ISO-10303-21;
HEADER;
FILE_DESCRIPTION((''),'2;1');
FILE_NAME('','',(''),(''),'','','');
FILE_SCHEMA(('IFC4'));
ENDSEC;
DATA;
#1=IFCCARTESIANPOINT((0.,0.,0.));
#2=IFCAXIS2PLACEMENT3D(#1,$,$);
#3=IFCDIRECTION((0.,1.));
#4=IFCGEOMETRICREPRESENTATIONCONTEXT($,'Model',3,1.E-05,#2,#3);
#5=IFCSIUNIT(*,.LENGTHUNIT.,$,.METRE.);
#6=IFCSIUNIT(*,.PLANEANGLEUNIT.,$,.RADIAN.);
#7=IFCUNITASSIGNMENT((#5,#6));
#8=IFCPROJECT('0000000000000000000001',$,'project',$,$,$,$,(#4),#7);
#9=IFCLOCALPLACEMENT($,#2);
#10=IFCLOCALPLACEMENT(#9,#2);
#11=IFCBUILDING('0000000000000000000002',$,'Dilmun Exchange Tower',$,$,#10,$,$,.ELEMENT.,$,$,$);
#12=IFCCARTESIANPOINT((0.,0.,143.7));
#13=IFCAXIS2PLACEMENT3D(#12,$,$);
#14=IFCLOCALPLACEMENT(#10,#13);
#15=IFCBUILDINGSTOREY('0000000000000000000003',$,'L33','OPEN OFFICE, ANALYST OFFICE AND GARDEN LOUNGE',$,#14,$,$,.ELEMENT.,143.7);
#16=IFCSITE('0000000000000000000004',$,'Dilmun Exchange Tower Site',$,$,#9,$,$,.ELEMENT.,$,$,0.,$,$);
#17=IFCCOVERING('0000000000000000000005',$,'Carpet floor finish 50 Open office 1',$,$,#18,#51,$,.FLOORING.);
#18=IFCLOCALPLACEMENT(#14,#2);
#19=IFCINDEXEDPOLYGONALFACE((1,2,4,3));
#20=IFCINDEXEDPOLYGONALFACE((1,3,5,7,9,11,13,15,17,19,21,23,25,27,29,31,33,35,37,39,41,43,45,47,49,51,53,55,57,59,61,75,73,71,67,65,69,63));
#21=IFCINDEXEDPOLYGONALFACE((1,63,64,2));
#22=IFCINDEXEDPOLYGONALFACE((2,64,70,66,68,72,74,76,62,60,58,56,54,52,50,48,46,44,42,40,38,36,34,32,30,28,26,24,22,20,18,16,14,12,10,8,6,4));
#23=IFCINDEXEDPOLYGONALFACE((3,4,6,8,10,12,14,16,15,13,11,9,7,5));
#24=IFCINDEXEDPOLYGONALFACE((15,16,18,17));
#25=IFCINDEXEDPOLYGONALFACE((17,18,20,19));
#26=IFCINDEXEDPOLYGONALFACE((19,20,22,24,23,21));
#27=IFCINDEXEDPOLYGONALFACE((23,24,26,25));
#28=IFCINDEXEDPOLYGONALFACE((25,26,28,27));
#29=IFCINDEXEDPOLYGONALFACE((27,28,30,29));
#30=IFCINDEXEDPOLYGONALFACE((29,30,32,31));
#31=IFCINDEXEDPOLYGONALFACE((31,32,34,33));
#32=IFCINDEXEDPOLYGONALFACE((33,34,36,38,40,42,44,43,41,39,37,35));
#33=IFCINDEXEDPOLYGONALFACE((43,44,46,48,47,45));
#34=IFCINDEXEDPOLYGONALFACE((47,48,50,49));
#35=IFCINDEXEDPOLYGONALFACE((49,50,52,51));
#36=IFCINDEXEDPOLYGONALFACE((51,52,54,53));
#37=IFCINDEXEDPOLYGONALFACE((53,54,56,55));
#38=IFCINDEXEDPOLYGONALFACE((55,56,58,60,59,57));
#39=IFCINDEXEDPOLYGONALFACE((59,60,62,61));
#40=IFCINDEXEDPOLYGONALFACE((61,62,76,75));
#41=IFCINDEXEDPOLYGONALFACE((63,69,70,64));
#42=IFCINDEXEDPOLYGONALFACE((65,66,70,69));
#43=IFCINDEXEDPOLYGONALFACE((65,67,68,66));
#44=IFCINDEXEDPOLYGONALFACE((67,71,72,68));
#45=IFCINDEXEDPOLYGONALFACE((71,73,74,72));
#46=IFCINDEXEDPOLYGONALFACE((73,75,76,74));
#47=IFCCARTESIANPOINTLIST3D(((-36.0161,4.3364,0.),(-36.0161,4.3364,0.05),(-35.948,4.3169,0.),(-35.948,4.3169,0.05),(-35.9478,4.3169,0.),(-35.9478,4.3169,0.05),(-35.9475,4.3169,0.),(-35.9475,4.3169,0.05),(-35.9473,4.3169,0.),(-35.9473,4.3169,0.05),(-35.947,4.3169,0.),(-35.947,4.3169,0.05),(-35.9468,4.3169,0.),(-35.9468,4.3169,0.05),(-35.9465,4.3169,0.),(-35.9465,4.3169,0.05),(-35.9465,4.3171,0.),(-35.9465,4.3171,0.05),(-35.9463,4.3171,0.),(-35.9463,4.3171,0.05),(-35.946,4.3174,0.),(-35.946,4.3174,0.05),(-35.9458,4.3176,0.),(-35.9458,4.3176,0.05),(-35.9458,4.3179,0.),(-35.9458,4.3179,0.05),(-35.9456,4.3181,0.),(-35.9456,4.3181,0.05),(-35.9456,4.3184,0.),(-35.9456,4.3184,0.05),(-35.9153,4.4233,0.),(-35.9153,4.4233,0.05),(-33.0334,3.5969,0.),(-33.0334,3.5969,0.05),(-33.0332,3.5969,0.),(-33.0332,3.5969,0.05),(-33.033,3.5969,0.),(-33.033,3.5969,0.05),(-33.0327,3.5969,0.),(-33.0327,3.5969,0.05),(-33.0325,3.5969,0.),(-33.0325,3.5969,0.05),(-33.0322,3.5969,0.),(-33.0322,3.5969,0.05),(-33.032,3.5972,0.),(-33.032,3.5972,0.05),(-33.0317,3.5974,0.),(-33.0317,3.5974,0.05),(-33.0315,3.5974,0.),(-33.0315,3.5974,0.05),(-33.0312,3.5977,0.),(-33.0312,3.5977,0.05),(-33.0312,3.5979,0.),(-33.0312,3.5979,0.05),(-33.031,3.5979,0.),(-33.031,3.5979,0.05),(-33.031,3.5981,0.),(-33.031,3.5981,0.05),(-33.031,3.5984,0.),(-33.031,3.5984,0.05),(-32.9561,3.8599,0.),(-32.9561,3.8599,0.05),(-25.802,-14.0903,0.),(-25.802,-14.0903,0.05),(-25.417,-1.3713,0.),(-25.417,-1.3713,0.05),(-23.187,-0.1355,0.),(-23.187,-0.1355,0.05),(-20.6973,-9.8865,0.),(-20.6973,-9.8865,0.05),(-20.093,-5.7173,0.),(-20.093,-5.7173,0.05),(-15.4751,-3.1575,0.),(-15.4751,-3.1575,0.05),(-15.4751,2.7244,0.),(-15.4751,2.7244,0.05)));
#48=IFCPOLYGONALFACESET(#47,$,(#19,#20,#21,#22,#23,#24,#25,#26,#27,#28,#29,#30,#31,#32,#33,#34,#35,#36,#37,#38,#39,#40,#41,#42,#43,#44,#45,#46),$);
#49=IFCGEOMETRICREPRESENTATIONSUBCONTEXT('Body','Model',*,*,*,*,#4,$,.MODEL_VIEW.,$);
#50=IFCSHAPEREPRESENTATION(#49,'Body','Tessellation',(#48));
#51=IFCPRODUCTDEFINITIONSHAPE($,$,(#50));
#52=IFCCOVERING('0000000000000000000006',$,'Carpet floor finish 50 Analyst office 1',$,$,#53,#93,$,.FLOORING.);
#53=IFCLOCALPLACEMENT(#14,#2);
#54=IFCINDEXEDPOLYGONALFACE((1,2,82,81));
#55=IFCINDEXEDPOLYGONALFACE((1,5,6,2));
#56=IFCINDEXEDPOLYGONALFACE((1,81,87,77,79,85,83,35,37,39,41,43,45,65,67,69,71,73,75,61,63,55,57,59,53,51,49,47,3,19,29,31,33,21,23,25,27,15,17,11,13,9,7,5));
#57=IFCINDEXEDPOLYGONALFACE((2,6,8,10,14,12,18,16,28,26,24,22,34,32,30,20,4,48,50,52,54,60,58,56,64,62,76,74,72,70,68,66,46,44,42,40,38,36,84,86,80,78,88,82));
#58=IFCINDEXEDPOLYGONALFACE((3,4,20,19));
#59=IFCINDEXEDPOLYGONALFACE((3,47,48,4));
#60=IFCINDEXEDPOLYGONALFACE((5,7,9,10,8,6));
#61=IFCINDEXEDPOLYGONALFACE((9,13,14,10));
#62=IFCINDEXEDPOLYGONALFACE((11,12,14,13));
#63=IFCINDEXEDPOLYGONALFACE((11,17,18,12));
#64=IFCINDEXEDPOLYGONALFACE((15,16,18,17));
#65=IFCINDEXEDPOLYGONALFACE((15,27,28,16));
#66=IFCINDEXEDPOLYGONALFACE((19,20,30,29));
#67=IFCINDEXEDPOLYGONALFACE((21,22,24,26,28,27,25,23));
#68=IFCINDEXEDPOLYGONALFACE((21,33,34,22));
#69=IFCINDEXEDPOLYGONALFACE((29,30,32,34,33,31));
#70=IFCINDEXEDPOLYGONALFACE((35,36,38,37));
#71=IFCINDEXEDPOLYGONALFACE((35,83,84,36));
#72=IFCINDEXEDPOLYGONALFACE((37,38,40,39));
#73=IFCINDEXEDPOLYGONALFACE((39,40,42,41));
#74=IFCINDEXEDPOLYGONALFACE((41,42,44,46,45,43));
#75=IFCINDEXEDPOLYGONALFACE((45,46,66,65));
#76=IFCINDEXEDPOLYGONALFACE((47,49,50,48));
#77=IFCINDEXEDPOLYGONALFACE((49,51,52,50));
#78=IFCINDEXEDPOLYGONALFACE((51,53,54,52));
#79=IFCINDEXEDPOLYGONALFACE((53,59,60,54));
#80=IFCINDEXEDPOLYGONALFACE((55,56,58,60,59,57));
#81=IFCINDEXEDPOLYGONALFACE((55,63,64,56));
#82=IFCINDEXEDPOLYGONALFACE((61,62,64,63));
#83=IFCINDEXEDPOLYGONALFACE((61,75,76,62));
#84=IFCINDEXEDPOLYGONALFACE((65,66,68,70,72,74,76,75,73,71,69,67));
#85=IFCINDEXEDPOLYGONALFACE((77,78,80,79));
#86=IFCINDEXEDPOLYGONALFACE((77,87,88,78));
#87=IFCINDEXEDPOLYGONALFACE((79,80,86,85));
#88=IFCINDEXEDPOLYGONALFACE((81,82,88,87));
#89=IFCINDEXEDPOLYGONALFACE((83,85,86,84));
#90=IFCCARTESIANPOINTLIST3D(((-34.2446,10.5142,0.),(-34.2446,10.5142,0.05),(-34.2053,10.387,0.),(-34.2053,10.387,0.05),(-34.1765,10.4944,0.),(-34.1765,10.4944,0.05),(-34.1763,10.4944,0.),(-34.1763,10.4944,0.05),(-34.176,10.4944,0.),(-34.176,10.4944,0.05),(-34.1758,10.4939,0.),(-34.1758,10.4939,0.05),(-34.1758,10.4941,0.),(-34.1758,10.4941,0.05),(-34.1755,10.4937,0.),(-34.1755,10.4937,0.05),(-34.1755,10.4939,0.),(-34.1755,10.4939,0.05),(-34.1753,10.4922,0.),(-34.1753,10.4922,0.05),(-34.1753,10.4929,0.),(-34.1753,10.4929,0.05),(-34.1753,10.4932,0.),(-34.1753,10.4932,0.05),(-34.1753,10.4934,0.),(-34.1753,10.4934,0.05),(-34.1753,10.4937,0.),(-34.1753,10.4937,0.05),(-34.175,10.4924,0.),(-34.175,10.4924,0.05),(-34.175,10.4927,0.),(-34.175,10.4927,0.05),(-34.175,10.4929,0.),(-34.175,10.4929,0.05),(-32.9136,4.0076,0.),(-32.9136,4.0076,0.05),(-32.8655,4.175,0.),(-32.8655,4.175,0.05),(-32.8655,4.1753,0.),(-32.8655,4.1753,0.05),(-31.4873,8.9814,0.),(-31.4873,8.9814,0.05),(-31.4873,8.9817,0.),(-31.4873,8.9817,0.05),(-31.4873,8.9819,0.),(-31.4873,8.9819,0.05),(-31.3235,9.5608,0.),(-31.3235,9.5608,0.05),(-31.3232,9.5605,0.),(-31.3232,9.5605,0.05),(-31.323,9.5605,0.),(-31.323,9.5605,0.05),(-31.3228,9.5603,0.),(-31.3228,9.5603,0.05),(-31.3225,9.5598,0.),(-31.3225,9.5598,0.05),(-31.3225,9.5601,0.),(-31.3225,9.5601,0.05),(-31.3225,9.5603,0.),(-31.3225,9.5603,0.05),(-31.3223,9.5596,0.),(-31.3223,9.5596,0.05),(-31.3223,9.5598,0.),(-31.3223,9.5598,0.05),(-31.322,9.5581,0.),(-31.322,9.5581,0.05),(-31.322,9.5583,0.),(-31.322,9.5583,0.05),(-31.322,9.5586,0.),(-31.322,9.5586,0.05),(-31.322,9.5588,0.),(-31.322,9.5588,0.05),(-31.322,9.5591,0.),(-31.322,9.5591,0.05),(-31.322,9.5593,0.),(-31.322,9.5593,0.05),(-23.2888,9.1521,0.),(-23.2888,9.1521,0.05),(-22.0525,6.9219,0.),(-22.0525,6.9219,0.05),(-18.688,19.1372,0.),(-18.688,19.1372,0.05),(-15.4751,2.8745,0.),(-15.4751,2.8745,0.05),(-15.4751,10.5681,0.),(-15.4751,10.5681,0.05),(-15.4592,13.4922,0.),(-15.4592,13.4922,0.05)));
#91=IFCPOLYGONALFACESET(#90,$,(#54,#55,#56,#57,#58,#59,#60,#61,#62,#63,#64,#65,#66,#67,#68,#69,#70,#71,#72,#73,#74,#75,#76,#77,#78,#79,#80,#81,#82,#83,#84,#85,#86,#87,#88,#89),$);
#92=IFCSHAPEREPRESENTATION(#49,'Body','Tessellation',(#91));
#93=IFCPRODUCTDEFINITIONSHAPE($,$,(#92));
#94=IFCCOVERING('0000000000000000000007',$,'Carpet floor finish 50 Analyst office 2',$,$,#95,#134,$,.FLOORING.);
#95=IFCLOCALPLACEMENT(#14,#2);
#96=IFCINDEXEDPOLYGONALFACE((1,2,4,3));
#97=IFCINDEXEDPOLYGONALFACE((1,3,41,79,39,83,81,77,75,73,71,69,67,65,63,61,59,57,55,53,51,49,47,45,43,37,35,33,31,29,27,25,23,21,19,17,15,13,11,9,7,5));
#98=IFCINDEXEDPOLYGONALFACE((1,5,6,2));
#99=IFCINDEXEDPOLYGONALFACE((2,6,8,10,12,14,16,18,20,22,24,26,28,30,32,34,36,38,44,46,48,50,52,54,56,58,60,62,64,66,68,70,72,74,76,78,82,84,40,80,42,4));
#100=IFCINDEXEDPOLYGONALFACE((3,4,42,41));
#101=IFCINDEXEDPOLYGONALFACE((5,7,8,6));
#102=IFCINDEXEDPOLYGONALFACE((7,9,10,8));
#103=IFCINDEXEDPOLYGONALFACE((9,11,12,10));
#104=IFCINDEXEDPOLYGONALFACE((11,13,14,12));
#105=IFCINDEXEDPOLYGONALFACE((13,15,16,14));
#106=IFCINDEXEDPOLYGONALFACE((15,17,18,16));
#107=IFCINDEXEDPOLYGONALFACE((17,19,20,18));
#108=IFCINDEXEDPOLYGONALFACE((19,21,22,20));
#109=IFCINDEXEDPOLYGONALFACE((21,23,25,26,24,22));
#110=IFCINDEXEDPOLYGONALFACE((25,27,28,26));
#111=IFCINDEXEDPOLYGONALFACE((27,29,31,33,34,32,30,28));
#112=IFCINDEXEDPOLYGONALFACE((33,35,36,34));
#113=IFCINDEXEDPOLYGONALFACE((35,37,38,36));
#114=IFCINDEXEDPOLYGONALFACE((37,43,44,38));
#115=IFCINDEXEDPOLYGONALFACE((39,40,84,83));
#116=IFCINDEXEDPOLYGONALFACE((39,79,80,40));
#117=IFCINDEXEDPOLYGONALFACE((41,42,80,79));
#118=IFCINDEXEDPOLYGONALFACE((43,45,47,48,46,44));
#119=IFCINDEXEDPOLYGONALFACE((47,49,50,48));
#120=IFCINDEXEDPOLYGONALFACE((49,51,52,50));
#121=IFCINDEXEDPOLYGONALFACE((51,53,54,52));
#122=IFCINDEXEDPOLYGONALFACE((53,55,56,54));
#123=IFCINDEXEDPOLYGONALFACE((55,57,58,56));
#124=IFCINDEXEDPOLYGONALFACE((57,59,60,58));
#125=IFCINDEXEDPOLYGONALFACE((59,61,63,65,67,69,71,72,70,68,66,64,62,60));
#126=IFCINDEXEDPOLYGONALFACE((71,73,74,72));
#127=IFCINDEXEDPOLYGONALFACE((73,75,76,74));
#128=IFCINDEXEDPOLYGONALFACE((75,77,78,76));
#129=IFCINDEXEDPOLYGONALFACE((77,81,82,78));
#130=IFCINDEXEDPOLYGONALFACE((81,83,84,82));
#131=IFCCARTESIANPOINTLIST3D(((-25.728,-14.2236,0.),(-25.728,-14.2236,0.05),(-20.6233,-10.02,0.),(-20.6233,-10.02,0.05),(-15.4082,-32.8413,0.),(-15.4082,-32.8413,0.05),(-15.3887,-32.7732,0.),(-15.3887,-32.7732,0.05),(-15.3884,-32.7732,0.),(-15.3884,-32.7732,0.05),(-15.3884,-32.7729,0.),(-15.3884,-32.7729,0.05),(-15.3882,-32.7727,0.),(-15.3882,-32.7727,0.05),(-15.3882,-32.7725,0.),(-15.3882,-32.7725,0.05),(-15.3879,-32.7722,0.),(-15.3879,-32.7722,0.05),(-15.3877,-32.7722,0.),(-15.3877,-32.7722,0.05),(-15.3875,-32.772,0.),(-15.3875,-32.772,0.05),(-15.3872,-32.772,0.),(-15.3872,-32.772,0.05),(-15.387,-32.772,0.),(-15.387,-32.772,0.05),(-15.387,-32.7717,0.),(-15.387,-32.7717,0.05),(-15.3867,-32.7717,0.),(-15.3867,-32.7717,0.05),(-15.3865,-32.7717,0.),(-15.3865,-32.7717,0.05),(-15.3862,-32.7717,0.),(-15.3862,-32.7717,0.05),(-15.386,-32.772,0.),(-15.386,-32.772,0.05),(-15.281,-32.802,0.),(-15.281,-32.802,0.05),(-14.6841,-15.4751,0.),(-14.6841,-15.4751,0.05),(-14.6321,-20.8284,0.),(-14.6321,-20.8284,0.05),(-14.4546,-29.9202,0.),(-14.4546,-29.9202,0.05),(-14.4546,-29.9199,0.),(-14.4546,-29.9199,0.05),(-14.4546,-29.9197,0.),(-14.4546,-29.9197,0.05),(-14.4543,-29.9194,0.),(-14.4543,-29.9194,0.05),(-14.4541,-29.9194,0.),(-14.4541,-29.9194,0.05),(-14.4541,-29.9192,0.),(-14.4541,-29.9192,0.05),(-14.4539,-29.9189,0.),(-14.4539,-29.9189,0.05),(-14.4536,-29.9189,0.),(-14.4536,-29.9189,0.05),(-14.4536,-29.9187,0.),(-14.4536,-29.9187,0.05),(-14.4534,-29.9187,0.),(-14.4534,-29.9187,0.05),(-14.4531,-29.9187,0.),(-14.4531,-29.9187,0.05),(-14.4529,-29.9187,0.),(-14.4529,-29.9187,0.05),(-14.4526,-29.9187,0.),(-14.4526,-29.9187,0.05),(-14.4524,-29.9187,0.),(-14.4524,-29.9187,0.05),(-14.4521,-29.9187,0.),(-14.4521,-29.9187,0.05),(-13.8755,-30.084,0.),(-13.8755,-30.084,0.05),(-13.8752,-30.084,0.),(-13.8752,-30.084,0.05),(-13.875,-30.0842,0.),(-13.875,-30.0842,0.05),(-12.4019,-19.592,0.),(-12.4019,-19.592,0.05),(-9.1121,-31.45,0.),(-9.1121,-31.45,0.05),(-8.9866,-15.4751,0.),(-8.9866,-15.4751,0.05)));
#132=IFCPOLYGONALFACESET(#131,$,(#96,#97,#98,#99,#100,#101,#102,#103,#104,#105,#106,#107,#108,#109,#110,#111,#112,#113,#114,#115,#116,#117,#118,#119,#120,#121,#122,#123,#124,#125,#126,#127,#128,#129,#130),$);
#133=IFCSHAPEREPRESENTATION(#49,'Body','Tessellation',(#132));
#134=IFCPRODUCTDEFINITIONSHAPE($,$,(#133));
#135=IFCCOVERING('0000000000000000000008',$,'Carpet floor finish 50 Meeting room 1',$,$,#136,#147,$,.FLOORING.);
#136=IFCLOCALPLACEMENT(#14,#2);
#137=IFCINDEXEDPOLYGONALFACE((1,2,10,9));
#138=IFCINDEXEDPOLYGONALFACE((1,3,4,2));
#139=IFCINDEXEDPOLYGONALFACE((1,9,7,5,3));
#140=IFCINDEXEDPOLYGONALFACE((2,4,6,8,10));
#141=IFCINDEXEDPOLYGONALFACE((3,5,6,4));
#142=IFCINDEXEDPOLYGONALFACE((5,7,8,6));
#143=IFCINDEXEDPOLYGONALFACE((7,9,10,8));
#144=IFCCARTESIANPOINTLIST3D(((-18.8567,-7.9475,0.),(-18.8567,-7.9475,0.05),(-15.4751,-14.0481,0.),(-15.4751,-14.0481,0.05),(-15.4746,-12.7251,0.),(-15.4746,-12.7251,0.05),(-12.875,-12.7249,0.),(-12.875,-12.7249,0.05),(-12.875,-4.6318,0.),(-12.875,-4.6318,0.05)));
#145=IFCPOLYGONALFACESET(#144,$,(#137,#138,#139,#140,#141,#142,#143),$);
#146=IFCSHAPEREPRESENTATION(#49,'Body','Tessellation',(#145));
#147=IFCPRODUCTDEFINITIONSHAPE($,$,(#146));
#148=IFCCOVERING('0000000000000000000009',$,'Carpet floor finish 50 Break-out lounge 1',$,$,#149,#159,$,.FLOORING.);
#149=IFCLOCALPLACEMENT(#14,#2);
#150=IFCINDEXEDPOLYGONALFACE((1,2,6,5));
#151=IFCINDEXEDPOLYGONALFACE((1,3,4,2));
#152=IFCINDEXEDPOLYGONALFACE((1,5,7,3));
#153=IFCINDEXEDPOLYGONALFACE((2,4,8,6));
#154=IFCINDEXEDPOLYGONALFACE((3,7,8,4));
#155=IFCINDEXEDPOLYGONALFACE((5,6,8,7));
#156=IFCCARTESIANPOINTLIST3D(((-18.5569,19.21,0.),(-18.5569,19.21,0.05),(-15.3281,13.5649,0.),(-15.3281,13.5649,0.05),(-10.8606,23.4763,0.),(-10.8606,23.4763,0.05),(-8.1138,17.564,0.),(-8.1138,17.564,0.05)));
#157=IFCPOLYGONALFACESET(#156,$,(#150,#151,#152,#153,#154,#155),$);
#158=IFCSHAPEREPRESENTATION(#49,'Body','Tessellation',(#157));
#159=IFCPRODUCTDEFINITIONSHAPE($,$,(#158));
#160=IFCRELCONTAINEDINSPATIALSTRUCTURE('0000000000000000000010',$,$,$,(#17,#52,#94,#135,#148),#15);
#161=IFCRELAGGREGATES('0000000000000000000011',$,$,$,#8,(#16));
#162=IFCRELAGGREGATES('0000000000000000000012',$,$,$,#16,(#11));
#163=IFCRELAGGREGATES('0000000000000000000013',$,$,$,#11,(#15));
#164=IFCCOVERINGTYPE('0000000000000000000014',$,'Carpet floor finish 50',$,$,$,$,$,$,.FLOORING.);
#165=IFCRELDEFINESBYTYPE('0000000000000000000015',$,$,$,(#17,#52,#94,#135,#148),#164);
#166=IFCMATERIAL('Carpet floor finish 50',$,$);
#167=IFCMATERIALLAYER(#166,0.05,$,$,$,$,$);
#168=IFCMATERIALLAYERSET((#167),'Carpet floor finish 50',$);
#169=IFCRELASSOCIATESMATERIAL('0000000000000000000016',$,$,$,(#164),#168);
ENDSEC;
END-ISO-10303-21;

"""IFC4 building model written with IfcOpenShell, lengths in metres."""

from ifc_helpers import new_model, si_unit, direction, frame, origin, place, context, subcontext, project, spatial, polyline, outline, extrude, material, layer, layer_set, type_object, element, save


model = new_model("IFC4")

# Units and contexts
model_context = context("Model", 3, precision=1e-05, world=origin(), true_north=direction((0.0, 1.0)))
body_context = subcontext(model_context, "Body", "Model", "MODEL_VIEW")
ifc_project = project(units=[si_unit("LENGTHUNIT", "METRE"), si_unit("PLANEANGLEUNIT", "RADIAN")], contexts=[model_context])

# Site, building, storey
site_placement = place(None, origin())
site = spatial("IfcSite", under=ifc_project, at=site_placement, Name="Dilmun Exchange Tower Site", CompositionType="ELEMENT", RefElevation=0.0)
building_placement = place(site_placement, origin())
building = spatial("IfcBuilding", under=site, at=building_placement, Name="Dilmun Exchange Tower", CompositionType="ELEMENT")
storey_placement = place(building_placement, frame((0.0, 0.0, 143.7)))
storey = spatial("IfcBuildingStorey", under=building, at=storey_placement, Name="L33", Description="OPEN OFFICE, ANALYST OFFICE AND GARDEN LOUNGE", CompositionType="ELEMENT", Elevation=143.7)

# Coverings
ifc_material_1 = material(Name="Carpet floor finish 50")
ifc_layer_1 = layer(ifc_material_1, 0.05)
ifc_layer_set_1 = layer_set([ifc_layer_1], Name="Carpet floor finish 50")
covering_type_1 = type_object("IfcCoveringType", Name="Carpet floor finish 50", PredefinedType="FLOORING", material=ifc_layer_set_1)
covering_1_placement = place(storey_placement, origin())
element("IfcCovering", 1, at=covering_1_placement, inside=storey, type_object=covering_type_1, Name="Carpet floor finish 50 Open office 1", PredefinedType="FLOORING", context=body_context, shape_type="SweptSolid", body=[
    extrude(outline(polyline([(-15.4751, 2.7244), (-15.4751, -3.1575), (-20.093, -5.7173), (-23.187, -0.1355), (-25.417, -1.3713), (-20.6973, -9.8865), (-25.802, -14.0903), (-36.0161, 4.3364), (-35.948, 4.3169), (-35.9478, 4.3169), (-35.9475, 4.3169), (-35.9475, 4.3169), (-35.9473, 4.3169), (-35.947, 4.3169), (-35.9468, 4.3169), (-35.9465, 4.3169), (-35.9465, 4.3171), (-35.9463, 4.3171), (-35.946, 4.3174), (-35.946, 4.3174), (-35.9458, 4.3176), (-35.9458, 4.3179), (-35.9458, 4.3179), (-35.9456, 4.3181), (-35.9456, 4.3184), (-35.9153, 4.4233), (-33.0334, 3.5969), (-33.0332, 3.5969), (-33.0332, 3.5969), (-33.033, 3.5969), (-33.0327, 3.5969), (-33.0325, 3.5969), (-33.0322, 3.5969), (-33.032, 3.5972), (-33.032, 3.5972), (-33.0317, 3.5974), (-33.0315, 3.5974), (-33.0315, 3.5974), (-33.0312, 3.5977), (-33.0312, 3.5979), (-33.031, 3.5979), (-33.031, 3.5981), (-33.031, 3.5984), (-32.9561, 3.8599), (-15.4751, 2.7244)])), origin(), (0.0, 0.0, 1.0), 0.05),
])
covering_2_placement = place(storey_placement, origin())
element("IfcCovering", 2, at=covering_2_placement, inside=storey, type_object=covering_type_1, Name="Carpet floor finish 50 Analyst office 1", PredefinedType="FLOORING", context=body_context, shape_type="SweptSolid", body=[
    extrude(outline(polyline([(-15.4592, 13.4922), (-23.2888, 9.1521), (-22.0525, 6.9219), (-15.4751, 10.5681), (-15.4751, 2.8745), (-32.9136, 4.0076), (-32.8655, 4.175), (-32.8655, 4.1753), (-32.8655, 4.1753), (-31.4873, 8.9814), (-31.4873, 8.9817), (-31.4873, 8.9817), (-31.4873, 8.9819), (-31.322, 9.5581), (-31.322, 9.5583), (-31.322, 9.5586), (-31.322, 9.5588), (-31.322, 9.5591), (-31.322, 9.5591), (-31.322, 9.5593), (-31.3223, 9.5596), (-31.3223, 9.5598), (-31.3225, 9.5598), (-31.3225, 9.5601), (-31.3225, 9.5603), (-31.3228, 9.5603), (-31.323, 9.5605), (-31.323, 9.5605), (-31.3232, 9.5605), (-31.3235, 9.5608), (-34.2053, 10.387), (-34.1753, 10.4922), (-34.1753, 10.4922), (-34.175, 10.4924), (-34.175, 10.4927), (-34.175, 10.4929), (-34.1753, 10.4929), (-34.1753, 10.4932), (-34.1753, 10.4934), (-34.1753, 10.4937), (-34.1755, 10.4937), (-34.1755, 10.4939), (-34.1758, 10.4939), (-34.1758, 10.4941), (-34.176, 10.4944), (-34.1763, 10.4944), (-34.1765, 10.4944), (-34.1765, 10.4944), (-34.2446, 10.5142), (-18.688, 19.1372), (-15.4592, 13.4922)])), origin(), (0.0, 0.0, 1.0), 0.05),
])
covering_3_placement = place(storey_placement, origin())
element("IfcCovering", 3, at=covering_3_placement, inside=storey, type_object=covering_type_1, Name="Carpet floor finish 50 Analyst office 2", PredefinedType="FLOORING", context=body_context, shape_type="SweptSolid", body=[
    extrude(outline(polyline([(-14.6841, -15.4751), (-8.9866, -15.4751), (-9.1121, -31.45), (-13.875, -30.0842), (-13.8752, -30.084), (-13.8755, -30.084), (-14.4521, -29.9187), (-14.4524, -29.9187), (-14.4524, -29.9187), (-14.4526, -29.9187), (-14.4529, -29.9187), (-14.4531, -29.9187), (-14.4534, -29.9187), (-14.4536, -29.9187), (-14.4536, -29.9189), (-14.4539, -29.9189), (-14.4541, -29.9192), (-14.4541, -29.9192), (-14.4541, -29.9194), (-14.4543, -29.9194), (-14.4546, -29.9197), (-14.4546, -29.9199), (-14.4546, -29.9202), (-15.281, -32.802), (-15.386, -32.772), (-15.3862, -32.7717), (-15.3865, -32.7717), (-15.3867, -32.7717), (-15.387, -32.7717), (-15.387, -32.772), (-15.3872, -32.772), (-15.3875, -32.772), (-15.3877, -32.7722), (-15.3877, -32.7722), (-15.3879, -32.7722), (-15.3882, -32.7725), (-15.3882, -32.7727), (-15.3882, -32.7727), (-15.3884, -32.7729), (-15.3884, -32.7732), (-15.3887, -32.7732), (-15.4082, -32.8413), (-25.728, -14.2236), (-20.6233, -10.02), (-14.6321, -20.8284), (-12.4019, -19.592), (-14.6841, -15.4751)])), origin(), (0.0, 0.0, 1.0), 0.05),
])
covering_4_placement = place(storey_placement, origin())
element("IfcCovering", 4, at=covering_4_placement, inside=storey, type_object=covering_type_1, Name="Carpet floor finish 50 Meeting room 1", PredefinedType="FLOORING", context=body_context, shape_type="SweptSolid", body=[
    extrude(outline(polyline([(-12.875, -4.6318), (-12.875, -12.7249), (-15.4746, -12.7251), (-15.4751, -14.0481), (-18.8567, -7.9475), (-12.875, -4.6318)])), origin(), (0.0, 0.0, 1.0), 0.05),
])
covering_5_placement = place(storey_placement, origin())
element("IfcCovering", 5, at=covering_5_placement, inside=storey, type_object=covering_type_1, Name="Carpet floor finish 50 Break-out lounge 1", PredefinedType="FLOORING", context=body_context, shape_type="SweptSolid", body=[
    extrude(outline(polyline([(-8.1138, 17.564), (-15.3281, 13.5649), (-18.5569, 19.21), (-10.8606, 23.4763), (-8.1138, 17.564)])), origin(), (0.0, 0.0, 1.0), 0.05),
])

save(model, "model.ifc")
